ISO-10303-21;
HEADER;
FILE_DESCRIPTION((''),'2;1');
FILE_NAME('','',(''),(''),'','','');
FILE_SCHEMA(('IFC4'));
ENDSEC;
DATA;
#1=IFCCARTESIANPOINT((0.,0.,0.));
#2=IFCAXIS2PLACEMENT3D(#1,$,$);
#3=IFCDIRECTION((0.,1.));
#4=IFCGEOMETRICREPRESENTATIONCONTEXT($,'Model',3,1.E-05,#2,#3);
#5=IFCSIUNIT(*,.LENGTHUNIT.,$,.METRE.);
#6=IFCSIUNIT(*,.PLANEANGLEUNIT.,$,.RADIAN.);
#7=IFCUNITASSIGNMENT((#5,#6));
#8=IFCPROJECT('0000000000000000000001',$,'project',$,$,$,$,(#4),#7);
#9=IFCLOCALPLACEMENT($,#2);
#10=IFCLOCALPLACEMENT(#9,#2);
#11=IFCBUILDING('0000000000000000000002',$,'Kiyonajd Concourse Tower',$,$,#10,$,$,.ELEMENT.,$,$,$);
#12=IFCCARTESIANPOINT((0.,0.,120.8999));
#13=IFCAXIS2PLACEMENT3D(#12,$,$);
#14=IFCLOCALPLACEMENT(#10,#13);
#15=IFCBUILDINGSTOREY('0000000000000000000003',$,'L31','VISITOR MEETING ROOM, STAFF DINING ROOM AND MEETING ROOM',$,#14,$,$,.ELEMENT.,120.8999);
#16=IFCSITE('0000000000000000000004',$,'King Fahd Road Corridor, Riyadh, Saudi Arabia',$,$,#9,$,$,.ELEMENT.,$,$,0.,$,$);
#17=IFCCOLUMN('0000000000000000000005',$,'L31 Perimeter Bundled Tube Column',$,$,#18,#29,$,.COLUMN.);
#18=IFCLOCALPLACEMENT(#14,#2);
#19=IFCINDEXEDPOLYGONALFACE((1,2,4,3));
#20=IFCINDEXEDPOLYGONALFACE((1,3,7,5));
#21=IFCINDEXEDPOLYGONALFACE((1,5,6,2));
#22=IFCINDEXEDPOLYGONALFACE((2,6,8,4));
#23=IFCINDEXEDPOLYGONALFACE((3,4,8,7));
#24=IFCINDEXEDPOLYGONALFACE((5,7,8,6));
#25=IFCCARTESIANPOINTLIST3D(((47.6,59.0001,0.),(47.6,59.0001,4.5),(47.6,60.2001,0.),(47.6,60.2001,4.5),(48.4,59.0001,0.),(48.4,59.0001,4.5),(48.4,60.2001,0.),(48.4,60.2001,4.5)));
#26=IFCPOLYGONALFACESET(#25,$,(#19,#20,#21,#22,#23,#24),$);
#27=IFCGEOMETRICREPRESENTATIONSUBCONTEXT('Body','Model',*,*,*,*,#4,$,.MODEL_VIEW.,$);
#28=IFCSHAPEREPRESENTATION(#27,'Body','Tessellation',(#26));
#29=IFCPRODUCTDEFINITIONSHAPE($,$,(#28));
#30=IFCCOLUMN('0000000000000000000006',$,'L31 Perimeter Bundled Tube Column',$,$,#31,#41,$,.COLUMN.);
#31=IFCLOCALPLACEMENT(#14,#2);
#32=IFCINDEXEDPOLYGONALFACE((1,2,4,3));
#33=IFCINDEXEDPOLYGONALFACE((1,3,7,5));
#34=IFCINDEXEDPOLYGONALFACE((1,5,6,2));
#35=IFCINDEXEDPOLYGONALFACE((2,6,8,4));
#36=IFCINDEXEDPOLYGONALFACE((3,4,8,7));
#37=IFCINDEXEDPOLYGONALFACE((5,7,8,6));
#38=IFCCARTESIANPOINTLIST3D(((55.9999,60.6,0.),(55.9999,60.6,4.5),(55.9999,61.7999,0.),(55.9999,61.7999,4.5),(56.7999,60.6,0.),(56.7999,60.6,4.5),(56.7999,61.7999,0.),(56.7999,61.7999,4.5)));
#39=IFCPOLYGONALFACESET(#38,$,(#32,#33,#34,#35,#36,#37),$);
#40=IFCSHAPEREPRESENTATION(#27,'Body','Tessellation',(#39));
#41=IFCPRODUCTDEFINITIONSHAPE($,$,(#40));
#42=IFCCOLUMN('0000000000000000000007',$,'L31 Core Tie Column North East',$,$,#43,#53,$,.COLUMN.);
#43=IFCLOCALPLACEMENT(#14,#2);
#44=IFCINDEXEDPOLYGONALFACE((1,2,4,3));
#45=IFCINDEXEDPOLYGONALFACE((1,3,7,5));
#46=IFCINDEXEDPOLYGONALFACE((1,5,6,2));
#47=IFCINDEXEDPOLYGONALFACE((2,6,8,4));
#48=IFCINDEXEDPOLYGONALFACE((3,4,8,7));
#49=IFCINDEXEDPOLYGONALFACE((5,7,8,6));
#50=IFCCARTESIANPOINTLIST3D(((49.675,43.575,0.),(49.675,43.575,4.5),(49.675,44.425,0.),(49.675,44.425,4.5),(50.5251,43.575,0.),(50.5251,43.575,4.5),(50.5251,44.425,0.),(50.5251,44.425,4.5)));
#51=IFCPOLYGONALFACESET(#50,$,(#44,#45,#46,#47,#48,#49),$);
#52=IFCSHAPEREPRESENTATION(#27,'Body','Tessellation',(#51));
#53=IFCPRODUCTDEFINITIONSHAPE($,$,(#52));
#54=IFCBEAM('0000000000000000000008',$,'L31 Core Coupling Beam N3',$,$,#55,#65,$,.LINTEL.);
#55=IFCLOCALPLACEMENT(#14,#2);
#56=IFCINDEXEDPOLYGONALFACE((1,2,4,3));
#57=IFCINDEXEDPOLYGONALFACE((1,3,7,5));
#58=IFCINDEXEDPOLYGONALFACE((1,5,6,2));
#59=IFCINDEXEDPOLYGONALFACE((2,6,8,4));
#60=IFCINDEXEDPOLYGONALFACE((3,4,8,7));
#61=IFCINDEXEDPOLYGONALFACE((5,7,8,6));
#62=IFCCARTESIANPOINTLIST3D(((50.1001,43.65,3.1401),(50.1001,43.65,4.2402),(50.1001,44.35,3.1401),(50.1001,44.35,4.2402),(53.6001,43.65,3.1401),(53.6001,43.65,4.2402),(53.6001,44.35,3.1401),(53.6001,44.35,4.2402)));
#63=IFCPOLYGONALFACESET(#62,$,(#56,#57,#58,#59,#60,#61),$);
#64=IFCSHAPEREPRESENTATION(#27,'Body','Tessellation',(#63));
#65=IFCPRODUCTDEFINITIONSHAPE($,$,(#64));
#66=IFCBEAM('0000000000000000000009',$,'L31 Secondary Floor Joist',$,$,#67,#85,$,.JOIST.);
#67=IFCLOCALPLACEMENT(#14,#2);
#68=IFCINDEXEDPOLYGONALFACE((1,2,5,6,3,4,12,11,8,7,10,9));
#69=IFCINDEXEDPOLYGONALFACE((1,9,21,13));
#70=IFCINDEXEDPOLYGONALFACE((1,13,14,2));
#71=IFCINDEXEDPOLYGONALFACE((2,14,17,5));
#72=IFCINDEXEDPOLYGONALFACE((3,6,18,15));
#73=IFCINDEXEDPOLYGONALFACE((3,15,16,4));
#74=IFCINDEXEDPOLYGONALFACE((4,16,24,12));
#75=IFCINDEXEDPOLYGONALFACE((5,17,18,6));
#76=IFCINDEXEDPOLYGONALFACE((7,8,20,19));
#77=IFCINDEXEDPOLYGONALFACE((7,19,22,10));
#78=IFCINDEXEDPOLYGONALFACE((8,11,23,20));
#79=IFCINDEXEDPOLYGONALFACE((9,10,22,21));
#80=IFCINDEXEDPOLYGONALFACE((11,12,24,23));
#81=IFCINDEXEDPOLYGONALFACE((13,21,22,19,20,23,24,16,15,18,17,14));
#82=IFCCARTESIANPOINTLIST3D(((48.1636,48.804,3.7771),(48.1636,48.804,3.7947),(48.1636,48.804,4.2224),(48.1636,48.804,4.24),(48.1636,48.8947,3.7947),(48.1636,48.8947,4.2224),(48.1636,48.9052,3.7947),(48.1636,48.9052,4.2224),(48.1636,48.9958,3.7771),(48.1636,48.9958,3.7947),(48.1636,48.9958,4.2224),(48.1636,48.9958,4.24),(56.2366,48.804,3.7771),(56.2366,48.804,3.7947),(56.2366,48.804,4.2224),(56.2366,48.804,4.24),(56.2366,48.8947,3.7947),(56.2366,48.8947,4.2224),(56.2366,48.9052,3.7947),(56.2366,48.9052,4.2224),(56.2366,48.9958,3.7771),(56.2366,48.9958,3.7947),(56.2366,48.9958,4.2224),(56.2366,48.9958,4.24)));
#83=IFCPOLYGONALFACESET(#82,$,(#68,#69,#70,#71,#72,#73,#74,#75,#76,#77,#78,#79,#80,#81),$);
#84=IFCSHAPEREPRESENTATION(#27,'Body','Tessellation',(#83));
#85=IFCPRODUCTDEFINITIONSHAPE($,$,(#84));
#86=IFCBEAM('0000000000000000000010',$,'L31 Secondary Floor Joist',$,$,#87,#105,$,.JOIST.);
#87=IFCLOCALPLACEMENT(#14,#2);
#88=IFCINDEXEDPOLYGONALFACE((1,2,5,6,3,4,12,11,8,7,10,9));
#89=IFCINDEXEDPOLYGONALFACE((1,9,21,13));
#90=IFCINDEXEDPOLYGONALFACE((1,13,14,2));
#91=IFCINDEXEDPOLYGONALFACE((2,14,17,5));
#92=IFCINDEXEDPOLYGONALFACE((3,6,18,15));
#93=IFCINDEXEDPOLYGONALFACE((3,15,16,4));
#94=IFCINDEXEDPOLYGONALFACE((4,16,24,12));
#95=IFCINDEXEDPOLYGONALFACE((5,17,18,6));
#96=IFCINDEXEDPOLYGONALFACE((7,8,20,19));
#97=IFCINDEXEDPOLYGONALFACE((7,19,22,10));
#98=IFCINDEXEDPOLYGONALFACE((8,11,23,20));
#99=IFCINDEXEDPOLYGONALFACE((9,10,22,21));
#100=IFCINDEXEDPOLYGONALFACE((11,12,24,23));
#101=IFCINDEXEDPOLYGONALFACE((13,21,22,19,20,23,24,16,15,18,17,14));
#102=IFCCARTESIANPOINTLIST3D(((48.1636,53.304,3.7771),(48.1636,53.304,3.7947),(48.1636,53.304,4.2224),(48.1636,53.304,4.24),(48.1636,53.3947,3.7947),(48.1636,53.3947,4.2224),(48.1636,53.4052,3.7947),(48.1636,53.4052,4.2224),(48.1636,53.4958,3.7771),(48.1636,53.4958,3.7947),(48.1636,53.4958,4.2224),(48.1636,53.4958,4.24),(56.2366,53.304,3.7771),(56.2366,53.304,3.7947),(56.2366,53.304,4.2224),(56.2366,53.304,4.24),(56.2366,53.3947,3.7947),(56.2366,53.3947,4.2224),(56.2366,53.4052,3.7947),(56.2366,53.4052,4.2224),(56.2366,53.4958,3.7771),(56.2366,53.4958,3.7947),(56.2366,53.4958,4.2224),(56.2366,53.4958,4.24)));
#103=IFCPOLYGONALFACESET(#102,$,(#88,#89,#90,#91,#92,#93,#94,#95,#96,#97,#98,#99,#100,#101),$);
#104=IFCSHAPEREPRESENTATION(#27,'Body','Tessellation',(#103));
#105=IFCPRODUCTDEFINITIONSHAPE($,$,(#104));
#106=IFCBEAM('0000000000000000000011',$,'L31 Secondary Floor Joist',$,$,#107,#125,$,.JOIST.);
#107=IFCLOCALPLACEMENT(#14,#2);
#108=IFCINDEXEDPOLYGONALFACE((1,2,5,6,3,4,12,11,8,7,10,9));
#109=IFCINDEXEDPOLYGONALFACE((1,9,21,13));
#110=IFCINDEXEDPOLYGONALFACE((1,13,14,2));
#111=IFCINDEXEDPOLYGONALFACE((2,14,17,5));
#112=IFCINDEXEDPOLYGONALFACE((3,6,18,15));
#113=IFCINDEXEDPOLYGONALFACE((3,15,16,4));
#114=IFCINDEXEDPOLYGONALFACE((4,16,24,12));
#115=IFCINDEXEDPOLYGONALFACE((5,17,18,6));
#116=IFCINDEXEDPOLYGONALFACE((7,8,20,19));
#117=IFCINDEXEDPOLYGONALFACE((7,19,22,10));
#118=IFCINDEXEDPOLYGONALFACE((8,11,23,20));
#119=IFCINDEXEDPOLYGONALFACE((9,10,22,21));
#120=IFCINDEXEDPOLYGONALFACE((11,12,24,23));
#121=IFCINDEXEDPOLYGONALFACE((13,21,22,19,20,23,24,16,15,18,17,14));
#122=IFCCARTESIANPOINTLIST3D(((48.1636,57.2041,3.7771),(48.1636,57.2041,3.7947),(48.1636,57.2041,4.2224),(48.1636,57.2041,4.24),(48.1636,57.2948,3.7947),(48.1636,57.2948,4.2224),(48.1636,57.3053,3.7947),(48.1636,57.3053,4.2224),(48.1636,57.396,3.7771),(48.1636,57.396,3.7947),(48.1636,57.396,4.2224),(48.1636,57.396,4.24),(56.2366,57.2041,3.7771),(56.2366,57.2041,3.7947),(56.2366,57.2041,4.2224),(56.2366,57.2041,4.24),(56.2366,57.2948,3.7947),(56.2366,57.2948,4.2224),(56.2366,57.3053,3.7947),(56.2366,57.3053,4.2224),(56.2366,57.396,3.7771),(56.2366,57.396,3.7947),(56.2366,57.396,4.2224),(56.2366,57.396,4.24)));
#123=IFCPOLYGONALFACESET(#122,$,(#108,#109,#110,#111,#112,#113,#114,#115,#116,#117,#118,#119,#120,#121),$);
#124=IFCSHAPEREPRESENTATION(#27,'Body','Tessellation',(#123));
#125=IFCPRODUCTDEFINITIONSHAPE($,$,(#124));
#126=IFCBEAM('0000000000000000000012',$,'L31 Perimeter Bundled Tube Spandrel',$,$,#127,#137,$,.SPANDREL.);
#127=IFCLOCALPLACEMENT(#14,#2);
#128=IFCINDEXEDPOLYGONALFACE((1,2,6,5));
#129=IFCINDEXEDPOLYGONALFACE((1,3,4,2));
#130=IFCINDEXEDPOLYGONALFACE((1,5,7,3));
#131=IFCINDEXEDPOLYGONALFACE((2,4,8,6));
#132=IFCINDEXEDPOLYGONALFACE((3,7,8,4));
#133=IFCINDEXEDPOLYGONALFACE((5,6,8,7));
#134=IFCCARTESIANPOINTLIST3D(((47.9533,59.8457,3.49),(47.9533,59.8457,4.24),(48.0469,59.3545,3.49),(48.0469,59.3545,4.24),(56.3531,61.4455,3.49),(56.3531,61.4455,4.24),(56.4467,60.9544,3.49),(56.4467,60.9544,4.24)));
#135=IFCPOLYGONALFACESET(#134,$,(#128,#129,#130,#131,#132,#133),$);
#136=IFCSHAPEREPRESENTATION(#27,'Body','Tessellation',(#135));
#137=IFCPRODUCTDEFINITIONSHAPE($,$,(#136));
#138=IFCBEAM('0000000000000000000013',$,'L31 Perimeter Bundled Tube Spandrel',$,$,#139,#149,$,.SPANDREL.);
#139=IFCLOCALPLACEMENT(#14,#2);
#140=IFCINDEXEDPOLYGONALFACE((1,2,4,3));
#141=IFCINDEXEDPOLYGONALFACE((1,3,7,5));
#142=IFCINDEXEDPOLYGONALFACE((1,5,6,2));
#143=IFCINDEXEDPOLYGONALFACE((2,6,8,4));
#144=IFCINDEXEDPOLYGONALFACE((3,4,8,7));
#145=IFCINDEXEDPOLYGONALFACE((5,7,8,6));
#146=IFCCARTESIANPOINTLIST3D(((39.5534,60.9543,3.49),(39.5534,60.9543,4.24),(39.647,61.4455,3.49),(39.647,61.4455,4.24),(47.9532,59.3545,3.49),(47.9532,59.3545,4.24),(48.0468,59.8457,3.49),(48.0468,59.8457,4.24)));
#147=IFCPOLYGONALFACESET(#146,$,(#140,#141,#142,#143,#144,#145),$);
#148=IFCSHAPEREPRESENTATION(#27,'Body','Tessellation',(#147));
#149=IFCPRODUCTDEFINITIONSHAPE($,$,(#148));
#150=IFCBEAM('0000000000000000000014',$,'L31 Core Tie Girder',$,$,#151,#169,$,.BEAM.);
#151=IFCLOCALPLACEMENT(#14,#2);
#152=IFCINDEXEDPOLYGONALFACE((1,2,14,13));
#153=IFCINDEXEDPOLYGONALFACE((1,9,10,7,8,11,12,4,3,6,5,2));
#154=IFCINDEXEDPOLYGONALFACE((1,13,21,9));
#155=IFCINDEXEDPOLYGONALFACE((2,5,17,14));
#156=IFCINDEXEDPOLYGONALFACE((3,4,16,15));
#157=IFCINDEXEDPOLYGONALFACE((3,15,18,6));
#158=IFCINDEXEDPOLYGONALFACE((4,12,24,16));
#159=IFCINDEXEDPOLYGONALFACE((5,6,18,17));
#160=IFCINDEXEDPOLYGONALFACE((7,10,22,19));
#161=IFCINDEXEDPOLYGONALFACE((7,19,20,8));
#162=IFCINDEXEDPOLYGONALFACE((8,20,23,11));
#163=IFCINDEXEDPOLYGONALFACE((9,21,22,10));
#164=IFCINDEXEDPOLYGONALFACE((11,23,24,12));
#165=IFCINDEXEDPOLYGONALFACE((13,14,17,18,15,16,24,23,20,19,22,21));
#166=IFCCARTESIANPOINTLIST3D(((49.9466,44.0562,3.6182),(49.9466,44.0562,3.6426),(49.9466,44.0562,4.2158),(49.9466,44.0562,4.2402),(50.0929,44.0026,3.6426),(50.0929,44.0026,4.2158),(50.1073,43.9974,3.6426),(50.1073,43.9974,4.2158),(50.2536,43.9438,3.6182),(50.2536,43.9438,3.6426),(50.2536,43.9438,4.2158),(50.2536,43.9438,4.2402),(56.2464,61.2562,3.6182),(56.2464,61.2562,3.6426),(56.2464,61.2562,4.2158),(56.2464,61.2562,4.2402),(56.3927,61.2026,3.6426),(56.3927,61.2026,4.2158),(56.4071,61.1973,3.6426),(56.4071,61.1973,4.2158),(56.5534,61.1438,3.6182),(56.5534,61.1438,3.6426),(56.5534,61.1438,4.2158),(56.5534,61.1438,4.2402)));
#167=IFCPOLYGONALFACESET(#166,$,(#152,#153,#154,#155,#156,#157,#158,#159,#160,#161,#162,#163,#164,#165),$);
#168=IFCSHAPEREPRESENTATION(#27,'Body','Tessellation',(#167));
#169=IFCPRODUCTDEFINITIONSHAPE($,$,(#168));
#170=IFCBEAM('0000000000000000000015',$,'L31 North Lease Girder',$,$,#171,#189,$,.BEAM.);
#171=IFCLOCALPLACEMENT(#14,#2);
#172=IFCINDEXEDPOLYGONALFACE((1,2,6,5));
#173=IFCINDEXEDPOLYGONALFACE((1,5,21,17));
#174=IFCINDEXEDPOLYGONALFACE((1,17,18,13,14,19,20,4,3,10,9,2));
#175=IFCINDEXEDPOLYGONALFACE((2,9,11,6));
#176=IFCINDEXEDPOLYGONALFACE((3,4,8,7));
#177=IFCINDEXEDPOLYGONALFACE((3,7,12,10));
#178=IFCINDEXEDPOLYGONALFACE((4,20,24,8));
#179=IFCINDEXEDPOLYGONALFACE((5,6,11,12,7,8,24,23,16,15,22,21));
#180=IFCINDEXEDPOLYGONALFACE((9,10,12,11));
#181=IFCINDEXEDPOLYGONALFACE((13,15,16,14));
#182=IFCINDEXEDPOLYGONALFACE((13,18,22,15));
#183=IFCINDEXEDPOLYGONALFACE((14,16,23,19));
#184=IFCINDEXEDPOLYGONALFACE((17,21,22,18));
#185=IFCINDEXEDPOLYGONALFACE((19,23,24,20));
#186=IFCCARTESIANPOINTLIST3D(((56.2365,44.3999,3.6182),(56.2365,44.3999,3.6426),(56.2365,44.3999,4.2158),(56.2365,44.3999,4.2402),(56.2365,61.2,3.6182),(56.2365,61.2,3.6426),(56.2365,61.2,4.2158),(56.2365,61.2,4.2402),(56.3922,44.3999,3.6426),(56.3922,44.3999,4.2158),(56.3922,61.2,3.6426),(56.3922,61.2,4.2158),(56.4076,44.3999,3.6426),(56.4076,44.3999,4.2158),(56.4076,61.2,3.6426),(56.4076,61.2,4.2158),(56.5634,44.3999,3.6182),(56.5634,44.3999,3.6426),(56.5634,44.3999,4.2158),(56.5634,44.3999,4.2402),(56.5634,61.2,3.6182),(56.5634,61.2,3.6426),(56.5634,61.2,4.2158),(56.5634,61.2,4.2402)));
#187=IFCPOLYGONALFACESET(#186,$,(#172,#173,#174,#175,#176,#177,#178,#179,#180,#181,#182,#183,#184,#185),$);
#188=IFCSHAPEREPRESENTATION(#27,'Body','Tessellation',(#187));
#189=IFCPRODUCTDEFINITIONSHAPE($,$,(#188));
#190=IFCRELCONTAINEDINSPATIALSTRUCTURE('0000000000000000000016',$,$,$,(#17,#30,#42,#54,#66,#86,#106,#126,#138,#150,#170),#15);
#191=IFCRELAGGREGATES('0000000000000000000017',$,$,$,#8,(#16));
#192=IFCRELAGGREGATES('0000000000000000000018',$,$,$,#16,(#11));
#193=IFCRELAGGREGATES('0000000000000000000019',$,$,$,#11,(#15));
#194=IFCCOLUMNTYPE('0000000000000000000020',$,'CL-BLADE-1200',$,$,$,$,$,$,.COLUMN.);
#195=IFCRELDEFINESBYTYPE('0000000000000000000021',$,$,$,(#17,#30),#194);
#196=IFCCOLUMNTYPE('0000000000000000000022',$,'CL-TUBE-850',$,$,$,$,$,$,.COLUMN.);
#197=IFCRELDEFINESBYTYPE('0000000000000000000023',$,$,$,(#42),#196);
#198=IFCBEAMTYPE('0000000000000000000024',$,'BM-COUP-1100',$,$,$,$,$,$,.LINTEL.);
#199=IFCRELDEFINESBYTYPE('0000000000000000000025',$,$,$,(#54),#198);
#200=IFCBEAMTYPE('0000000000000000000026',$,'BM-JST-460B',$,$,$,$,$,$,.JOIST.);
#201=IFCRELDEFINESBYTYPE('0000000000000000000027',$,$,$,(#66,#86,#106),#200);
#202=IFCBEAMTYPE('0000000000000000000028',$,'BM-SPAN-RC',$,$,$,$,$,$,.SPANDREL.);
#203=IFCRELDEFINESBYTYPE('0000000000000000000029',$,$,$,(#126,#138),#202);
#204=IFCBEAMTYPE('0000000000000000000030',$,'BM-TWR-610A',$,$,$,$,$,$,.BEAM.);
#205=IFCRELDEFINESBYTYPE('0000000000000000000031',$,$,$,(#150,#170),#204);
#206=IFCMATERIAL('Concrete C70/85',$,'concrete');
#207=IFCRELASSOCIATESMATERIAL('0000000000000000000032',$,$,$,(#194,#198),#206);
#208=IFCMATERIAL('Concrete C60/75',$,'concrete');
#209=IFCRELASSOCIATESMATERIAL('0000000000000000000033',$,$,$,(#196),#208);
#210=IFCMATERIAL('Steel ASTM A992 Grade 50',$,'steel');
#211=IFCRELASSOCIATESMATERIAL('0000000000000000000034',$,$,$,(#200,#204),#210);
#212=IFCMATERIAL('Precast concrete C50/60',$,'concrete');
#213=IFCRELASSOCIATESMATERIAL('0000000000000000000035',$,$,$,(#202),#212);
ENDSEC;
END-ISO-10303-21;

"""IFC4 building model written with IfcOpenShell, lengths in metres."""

from ifc_helpers import new_model, si_unit, direction, frame, origin, origin_2d, place, context, subcontext, project, spatial, rectangle, i_section, extrude, material, material_profile, profile_set, type_object, element, save


model = new_model("IFC4")

# Units and contexts
model_context = context("Model", 3, precision=1e-05, world=origin(), true_north=direction((0.0, 1.0)))
body_context = subcontext(model_context, "Body", "Model", "MODEL_VIEW")
ifc_project = project(units=[si_unit("LENGTHUNIT", "METRE"), si_unit("PLANEANGLEUNIT", "RADIAN")], contexts=[model_context])

# Site, building, storey
site_placement = place(None, origin())
site = spatial("IfcSite", under=ifc_project, at=site_placement, Name="King Fahd Road Corridor, Riyadh, Saudi Arabia", CompositionType="ELEMENT", RefElevation=0.0)
building_placement = place(site_placement, origin())
building = spatial("IfcBuilding", under=site, at=building_placement, Name="Kiyonajd Concourse Tower", CompositionType="ELEMENT")
storey_placement = place(building_placement, frame((0.0, 0.0, 120.8999)))
storey = spatial("IfcBuildingStorey", under=building, at=storey_placement, Name="L31", Description="VISITOR MEETING ROOM, STAFF DINING ROOM AND MEETING ROOM", CompositionType="ELEMENT", Elevation=120.8999)

# Columns
ifc_material_1 = material(Name="Concrete C70/85", Category="concrete")
ifc_material_profile_1 = material_profile(ifc_material_1, rectangle(XDim=0.8, YDim=1.2, at=origin_2d()), Name="RC-1200x800")
ifc_profile_set_1 = profile_set([ifc_material_profile_1], Name="Concrete C70/85")
column_type_1 = type_object("IfcColumnType", Name="CL-BLADE-1200", PredefinedType="COLUMN", material=ifc_profile_set_1)
for number, where, z_axis, x_axis, name in (
    (1, (48.0, 59.6001, 0.0), (0.0, 0.0, 1.0), (1.0, 0.0, 0.0), "L31 Perimeter Bundled Tube Column"),
    (2, (56.3999, 61.2, 0.0), (0.0, 0.0, 1.0), (1.0, 0.0, 0.0), "L31 Perimeter Bundled Tube Column"),
):
    element("IfcColumn", number, at=place(storey_placement, frame(where, z_axis=z_axis, x_axis=x_axis)), inside=storey, type_object=column_type_1, Name=name, PredefinedType="COLUMN", context=body_context, shape_type="SweptSolid", body=[
        extrude(rectangle(XDim=0.8, YDim=1.2, at=origin_2d()), origin(), (0.0, 0.0, 1.0), 4.5),
    ])
ifc_material_2 = material(Name="Concrete C60/75", Category="concrete")
ifc_material_profile_2 = material_profile(ifc_material_2, rectangle(XDim=0.8501, YDim=0.8501, at=origin_2d()), Name="RC-850x850")
ifc_profile_set_2 = profile_set([ifc_material_profile_2], Name="Concrete C60/75")
column_type_2 = type_object("IfcColumnType", Name="CL-TUBE-850", PredefinedType="COLUMN", material=ifc_profile_set_2)
column_placement = place(storey_placement, frame((50.1001, 44.0, 0.0), z_axis=(0.0, 0.0, 1.0), x_axis=(1.0, 0.0, 0.0)))
element("IfcColumn", 3, at=column_placement, inside=storey, type_object=column_type_2, Name="L31 Core Tie Column North East", PredefinedType="COLUMN", context=body_context, shape_type="SweptSolid", body=[
    extrude(rectangle(XDim=0.8501, YDim=0.8501, at=origin_2d()), origin(), (0.0, 0.0, 1.0), 4.5),
])

# Beams
ifc_material_profile_3 = material_profile(ifc_material_1, rectangle(XDim=0.7, YDim=1.1001, at=origin_2d()), Name="RCBM-700x1100")
ifc_profile_set_3 = profile_set([ifc_material_profile_3], Name="Concrete C70/85")
beam_type_1 = type_object("IfcBeamType", Name="BM-COUP-1100", PredefinedType="LINTEL", material=ifc_profile_set_3)
beam_1_placement = place(storey_placement, frame((50.1001, 44.0, 3.6902), z_axis=(1.0, 0.0, 0.0), x_axis=(0.0, 1.0, 0.0)))
element("IfcBeam", 4, at=beam_1_placement, inside=storey, type_object=beam_type_1, Name="L31 Core Coupling Beam N3", PredefinedType="LINTEL", context=body_context, shape_type="SweptSolid", body=[
    extrude(rectangle(XDim=0.7, YDim=1.1001, at=origin_2d()), origin(), (0.0, 0.0, 1.0), 3.5),
])
ifc_material_3 = material(Name="Steel ASTM A992 Grade 50", Category="steel")
ifc_material_profile_4 = material_profile(ifc_material_3, i_section(OverallWidth=0.1919, OverallDepth=0.4629, WebThickness=0.0105, FlangeThickness=0.0176, at=origin_2d()), Name="W460X89")
ifc_profile_set_4 = profile_set([ifc_material_profile_4], Name="Steel ASTM A992 Grade 50")
beam_type_2 = type_object("IfcBeamType", Name="BM-JST-460B", PredefinedType="JOIST", material=ifc_profile_set_4)
for number, where, z_axis, x_axis, name in (
    (5, (48.1636, 48.8999, 4.0085), (1.0, 0.0, 0.0), (0.0, 1.0, 0.0), "L31 Secondary Floor Joist"),
    (6, (48.1636, 53.3999, 4.0085), (1.0, 0.0, 0.0), (0.0, 1.0, 0.0), "L31 Secondary Floor Joist"),
    (7, (48.1636, 57.3, 4.0085), (1.0, 0.0, 0.0), (0.0, 1.0, 0.0), "L31 Secondary Floor Joist"),
):
    element("IfcBeam", number, at=place(storey_placement, frame(where, z_axis=z_axis, x_axis=x_axis)), inside=storey, type_object=beam_type_2, Name=name, PredefinedType="JOIST", context=body_context, shape_type="SweptSolid", body=[
        extrude(i_section(OverallWidth=0.1919, OverallDepth=0.4629, WebThickness=0.0105, FlangeThickness=0.0176, at=origin_2d()), origin(), (0.0, 0.0, 1.0), 8.073),
    ])
ifc_material_4 = material(Name="Precast concrete C50/60", Category="concrete")
ifc_material_profile_5 = material_profile(ifc_material_4, rectangle(XDim=0.5, YDim=0.75, at=origin_2d()), Name="RCBM-500x750")
ifc_profile_set_5 = profile_set([ifc_material_profile_5], Name="Precast concrete C50/60")
beam_type_3 = type_object("IfcBeamType", Name="BM-SPAN-RC", PredefinedType="SPANDREL", material=ifc_profile_set_5)
for number, where, z_axis, x_axis, name in (
    (8, (56.3999, 61.2, 3.865), (-0.982341, -0.187098, 0.0), (0.187098, -0.982341, 0.0), "L31 Perimeter Bundled Tube Spandrel"),
    (9, (48.0, 59.6001, 3.865), (-0.982341, 0.187098, 0.0), (-0.187098, -0.982341, 0.0), "L31 Perimeter Bundled Tube Spandrel"),
):
    element("IfcBeam", number, at=place(storey_placement, frame(where, z_axis=z_axis, x_axis=x_axis)), inside=storey, type_object=beam_type_3, Name=name, PredefinedType="SPANDREL", context=body_context, shape_type="SweptSolid", body=[
        extrude(rectangle(XDim=0.5, YDim=0.75, at=origin_2d()), origin(), (0.0, 0.0, 1.0), 8.5508),
    ])
ifc_material_profile_6 = material_profile(ifc_material_3, i_section(OverallWidth=0.3269, OverallDepth=0.6221, WebThickness=0.0154, FlangeThickness=0.0244, at=origin_2d()), Name="W610X195")
ifc_profile_set_6 = profile_set([ifc_material_profile_6], Name="Steel ASTM A992 Grade 50")
beam_type_4 = type_object("IfcBeamType", Name="BM-TWR-610A", PredefinedType="BEAM", material=ifc_profile_set_6)
beam_2_placement = place(storey_placement, frame((50.1001, 44.0, 3.9292), z_axis=(0.343925, 0.938997, 0.0), x_axis=(-0.938997, 0.343925, 0.0)))
element("IfcBeam", 10, at=beam_2_placement, inside=storey, type_object=beam_type_4, Name="L31 Core Tie Girder", PredefinedType="BEAM", context=body_context, shape_type="SweptSolid", body=[
    extrude(i_section(OverallWidth=0.3269, OverallDepth=0.6221, WebThickness=0.0154, FlangeThickness=0.0244, at=origin_2d()), origin(), (0.0, 0.0, 1.0), 18.3174),
])
beam_3_placement = place(storey_placement, frame((56.3999, 44.3999, 3.9292), z_axis=(0.0, 1.0, 0.0), x_axis=(-1.0, 0.0, 0.0)))
element("IfcBeam", 11, at=beam_3_placement, inside=storey, type_object=beam_type_4, Name="L31 North Lease Girder", PredefinedType="BEAM", context=body_context, shape_type="SweptSolid", body=[
    extrude(i_section(OverallWidth=0.3269, OverallDepth=0.6221, WebThickness=0.0154, FlangeThickness=0.0244, at=origin_2d()), origin(), (0.0, 0.0, 1.0), 16.8),
])

save(model, "model.ifc")
